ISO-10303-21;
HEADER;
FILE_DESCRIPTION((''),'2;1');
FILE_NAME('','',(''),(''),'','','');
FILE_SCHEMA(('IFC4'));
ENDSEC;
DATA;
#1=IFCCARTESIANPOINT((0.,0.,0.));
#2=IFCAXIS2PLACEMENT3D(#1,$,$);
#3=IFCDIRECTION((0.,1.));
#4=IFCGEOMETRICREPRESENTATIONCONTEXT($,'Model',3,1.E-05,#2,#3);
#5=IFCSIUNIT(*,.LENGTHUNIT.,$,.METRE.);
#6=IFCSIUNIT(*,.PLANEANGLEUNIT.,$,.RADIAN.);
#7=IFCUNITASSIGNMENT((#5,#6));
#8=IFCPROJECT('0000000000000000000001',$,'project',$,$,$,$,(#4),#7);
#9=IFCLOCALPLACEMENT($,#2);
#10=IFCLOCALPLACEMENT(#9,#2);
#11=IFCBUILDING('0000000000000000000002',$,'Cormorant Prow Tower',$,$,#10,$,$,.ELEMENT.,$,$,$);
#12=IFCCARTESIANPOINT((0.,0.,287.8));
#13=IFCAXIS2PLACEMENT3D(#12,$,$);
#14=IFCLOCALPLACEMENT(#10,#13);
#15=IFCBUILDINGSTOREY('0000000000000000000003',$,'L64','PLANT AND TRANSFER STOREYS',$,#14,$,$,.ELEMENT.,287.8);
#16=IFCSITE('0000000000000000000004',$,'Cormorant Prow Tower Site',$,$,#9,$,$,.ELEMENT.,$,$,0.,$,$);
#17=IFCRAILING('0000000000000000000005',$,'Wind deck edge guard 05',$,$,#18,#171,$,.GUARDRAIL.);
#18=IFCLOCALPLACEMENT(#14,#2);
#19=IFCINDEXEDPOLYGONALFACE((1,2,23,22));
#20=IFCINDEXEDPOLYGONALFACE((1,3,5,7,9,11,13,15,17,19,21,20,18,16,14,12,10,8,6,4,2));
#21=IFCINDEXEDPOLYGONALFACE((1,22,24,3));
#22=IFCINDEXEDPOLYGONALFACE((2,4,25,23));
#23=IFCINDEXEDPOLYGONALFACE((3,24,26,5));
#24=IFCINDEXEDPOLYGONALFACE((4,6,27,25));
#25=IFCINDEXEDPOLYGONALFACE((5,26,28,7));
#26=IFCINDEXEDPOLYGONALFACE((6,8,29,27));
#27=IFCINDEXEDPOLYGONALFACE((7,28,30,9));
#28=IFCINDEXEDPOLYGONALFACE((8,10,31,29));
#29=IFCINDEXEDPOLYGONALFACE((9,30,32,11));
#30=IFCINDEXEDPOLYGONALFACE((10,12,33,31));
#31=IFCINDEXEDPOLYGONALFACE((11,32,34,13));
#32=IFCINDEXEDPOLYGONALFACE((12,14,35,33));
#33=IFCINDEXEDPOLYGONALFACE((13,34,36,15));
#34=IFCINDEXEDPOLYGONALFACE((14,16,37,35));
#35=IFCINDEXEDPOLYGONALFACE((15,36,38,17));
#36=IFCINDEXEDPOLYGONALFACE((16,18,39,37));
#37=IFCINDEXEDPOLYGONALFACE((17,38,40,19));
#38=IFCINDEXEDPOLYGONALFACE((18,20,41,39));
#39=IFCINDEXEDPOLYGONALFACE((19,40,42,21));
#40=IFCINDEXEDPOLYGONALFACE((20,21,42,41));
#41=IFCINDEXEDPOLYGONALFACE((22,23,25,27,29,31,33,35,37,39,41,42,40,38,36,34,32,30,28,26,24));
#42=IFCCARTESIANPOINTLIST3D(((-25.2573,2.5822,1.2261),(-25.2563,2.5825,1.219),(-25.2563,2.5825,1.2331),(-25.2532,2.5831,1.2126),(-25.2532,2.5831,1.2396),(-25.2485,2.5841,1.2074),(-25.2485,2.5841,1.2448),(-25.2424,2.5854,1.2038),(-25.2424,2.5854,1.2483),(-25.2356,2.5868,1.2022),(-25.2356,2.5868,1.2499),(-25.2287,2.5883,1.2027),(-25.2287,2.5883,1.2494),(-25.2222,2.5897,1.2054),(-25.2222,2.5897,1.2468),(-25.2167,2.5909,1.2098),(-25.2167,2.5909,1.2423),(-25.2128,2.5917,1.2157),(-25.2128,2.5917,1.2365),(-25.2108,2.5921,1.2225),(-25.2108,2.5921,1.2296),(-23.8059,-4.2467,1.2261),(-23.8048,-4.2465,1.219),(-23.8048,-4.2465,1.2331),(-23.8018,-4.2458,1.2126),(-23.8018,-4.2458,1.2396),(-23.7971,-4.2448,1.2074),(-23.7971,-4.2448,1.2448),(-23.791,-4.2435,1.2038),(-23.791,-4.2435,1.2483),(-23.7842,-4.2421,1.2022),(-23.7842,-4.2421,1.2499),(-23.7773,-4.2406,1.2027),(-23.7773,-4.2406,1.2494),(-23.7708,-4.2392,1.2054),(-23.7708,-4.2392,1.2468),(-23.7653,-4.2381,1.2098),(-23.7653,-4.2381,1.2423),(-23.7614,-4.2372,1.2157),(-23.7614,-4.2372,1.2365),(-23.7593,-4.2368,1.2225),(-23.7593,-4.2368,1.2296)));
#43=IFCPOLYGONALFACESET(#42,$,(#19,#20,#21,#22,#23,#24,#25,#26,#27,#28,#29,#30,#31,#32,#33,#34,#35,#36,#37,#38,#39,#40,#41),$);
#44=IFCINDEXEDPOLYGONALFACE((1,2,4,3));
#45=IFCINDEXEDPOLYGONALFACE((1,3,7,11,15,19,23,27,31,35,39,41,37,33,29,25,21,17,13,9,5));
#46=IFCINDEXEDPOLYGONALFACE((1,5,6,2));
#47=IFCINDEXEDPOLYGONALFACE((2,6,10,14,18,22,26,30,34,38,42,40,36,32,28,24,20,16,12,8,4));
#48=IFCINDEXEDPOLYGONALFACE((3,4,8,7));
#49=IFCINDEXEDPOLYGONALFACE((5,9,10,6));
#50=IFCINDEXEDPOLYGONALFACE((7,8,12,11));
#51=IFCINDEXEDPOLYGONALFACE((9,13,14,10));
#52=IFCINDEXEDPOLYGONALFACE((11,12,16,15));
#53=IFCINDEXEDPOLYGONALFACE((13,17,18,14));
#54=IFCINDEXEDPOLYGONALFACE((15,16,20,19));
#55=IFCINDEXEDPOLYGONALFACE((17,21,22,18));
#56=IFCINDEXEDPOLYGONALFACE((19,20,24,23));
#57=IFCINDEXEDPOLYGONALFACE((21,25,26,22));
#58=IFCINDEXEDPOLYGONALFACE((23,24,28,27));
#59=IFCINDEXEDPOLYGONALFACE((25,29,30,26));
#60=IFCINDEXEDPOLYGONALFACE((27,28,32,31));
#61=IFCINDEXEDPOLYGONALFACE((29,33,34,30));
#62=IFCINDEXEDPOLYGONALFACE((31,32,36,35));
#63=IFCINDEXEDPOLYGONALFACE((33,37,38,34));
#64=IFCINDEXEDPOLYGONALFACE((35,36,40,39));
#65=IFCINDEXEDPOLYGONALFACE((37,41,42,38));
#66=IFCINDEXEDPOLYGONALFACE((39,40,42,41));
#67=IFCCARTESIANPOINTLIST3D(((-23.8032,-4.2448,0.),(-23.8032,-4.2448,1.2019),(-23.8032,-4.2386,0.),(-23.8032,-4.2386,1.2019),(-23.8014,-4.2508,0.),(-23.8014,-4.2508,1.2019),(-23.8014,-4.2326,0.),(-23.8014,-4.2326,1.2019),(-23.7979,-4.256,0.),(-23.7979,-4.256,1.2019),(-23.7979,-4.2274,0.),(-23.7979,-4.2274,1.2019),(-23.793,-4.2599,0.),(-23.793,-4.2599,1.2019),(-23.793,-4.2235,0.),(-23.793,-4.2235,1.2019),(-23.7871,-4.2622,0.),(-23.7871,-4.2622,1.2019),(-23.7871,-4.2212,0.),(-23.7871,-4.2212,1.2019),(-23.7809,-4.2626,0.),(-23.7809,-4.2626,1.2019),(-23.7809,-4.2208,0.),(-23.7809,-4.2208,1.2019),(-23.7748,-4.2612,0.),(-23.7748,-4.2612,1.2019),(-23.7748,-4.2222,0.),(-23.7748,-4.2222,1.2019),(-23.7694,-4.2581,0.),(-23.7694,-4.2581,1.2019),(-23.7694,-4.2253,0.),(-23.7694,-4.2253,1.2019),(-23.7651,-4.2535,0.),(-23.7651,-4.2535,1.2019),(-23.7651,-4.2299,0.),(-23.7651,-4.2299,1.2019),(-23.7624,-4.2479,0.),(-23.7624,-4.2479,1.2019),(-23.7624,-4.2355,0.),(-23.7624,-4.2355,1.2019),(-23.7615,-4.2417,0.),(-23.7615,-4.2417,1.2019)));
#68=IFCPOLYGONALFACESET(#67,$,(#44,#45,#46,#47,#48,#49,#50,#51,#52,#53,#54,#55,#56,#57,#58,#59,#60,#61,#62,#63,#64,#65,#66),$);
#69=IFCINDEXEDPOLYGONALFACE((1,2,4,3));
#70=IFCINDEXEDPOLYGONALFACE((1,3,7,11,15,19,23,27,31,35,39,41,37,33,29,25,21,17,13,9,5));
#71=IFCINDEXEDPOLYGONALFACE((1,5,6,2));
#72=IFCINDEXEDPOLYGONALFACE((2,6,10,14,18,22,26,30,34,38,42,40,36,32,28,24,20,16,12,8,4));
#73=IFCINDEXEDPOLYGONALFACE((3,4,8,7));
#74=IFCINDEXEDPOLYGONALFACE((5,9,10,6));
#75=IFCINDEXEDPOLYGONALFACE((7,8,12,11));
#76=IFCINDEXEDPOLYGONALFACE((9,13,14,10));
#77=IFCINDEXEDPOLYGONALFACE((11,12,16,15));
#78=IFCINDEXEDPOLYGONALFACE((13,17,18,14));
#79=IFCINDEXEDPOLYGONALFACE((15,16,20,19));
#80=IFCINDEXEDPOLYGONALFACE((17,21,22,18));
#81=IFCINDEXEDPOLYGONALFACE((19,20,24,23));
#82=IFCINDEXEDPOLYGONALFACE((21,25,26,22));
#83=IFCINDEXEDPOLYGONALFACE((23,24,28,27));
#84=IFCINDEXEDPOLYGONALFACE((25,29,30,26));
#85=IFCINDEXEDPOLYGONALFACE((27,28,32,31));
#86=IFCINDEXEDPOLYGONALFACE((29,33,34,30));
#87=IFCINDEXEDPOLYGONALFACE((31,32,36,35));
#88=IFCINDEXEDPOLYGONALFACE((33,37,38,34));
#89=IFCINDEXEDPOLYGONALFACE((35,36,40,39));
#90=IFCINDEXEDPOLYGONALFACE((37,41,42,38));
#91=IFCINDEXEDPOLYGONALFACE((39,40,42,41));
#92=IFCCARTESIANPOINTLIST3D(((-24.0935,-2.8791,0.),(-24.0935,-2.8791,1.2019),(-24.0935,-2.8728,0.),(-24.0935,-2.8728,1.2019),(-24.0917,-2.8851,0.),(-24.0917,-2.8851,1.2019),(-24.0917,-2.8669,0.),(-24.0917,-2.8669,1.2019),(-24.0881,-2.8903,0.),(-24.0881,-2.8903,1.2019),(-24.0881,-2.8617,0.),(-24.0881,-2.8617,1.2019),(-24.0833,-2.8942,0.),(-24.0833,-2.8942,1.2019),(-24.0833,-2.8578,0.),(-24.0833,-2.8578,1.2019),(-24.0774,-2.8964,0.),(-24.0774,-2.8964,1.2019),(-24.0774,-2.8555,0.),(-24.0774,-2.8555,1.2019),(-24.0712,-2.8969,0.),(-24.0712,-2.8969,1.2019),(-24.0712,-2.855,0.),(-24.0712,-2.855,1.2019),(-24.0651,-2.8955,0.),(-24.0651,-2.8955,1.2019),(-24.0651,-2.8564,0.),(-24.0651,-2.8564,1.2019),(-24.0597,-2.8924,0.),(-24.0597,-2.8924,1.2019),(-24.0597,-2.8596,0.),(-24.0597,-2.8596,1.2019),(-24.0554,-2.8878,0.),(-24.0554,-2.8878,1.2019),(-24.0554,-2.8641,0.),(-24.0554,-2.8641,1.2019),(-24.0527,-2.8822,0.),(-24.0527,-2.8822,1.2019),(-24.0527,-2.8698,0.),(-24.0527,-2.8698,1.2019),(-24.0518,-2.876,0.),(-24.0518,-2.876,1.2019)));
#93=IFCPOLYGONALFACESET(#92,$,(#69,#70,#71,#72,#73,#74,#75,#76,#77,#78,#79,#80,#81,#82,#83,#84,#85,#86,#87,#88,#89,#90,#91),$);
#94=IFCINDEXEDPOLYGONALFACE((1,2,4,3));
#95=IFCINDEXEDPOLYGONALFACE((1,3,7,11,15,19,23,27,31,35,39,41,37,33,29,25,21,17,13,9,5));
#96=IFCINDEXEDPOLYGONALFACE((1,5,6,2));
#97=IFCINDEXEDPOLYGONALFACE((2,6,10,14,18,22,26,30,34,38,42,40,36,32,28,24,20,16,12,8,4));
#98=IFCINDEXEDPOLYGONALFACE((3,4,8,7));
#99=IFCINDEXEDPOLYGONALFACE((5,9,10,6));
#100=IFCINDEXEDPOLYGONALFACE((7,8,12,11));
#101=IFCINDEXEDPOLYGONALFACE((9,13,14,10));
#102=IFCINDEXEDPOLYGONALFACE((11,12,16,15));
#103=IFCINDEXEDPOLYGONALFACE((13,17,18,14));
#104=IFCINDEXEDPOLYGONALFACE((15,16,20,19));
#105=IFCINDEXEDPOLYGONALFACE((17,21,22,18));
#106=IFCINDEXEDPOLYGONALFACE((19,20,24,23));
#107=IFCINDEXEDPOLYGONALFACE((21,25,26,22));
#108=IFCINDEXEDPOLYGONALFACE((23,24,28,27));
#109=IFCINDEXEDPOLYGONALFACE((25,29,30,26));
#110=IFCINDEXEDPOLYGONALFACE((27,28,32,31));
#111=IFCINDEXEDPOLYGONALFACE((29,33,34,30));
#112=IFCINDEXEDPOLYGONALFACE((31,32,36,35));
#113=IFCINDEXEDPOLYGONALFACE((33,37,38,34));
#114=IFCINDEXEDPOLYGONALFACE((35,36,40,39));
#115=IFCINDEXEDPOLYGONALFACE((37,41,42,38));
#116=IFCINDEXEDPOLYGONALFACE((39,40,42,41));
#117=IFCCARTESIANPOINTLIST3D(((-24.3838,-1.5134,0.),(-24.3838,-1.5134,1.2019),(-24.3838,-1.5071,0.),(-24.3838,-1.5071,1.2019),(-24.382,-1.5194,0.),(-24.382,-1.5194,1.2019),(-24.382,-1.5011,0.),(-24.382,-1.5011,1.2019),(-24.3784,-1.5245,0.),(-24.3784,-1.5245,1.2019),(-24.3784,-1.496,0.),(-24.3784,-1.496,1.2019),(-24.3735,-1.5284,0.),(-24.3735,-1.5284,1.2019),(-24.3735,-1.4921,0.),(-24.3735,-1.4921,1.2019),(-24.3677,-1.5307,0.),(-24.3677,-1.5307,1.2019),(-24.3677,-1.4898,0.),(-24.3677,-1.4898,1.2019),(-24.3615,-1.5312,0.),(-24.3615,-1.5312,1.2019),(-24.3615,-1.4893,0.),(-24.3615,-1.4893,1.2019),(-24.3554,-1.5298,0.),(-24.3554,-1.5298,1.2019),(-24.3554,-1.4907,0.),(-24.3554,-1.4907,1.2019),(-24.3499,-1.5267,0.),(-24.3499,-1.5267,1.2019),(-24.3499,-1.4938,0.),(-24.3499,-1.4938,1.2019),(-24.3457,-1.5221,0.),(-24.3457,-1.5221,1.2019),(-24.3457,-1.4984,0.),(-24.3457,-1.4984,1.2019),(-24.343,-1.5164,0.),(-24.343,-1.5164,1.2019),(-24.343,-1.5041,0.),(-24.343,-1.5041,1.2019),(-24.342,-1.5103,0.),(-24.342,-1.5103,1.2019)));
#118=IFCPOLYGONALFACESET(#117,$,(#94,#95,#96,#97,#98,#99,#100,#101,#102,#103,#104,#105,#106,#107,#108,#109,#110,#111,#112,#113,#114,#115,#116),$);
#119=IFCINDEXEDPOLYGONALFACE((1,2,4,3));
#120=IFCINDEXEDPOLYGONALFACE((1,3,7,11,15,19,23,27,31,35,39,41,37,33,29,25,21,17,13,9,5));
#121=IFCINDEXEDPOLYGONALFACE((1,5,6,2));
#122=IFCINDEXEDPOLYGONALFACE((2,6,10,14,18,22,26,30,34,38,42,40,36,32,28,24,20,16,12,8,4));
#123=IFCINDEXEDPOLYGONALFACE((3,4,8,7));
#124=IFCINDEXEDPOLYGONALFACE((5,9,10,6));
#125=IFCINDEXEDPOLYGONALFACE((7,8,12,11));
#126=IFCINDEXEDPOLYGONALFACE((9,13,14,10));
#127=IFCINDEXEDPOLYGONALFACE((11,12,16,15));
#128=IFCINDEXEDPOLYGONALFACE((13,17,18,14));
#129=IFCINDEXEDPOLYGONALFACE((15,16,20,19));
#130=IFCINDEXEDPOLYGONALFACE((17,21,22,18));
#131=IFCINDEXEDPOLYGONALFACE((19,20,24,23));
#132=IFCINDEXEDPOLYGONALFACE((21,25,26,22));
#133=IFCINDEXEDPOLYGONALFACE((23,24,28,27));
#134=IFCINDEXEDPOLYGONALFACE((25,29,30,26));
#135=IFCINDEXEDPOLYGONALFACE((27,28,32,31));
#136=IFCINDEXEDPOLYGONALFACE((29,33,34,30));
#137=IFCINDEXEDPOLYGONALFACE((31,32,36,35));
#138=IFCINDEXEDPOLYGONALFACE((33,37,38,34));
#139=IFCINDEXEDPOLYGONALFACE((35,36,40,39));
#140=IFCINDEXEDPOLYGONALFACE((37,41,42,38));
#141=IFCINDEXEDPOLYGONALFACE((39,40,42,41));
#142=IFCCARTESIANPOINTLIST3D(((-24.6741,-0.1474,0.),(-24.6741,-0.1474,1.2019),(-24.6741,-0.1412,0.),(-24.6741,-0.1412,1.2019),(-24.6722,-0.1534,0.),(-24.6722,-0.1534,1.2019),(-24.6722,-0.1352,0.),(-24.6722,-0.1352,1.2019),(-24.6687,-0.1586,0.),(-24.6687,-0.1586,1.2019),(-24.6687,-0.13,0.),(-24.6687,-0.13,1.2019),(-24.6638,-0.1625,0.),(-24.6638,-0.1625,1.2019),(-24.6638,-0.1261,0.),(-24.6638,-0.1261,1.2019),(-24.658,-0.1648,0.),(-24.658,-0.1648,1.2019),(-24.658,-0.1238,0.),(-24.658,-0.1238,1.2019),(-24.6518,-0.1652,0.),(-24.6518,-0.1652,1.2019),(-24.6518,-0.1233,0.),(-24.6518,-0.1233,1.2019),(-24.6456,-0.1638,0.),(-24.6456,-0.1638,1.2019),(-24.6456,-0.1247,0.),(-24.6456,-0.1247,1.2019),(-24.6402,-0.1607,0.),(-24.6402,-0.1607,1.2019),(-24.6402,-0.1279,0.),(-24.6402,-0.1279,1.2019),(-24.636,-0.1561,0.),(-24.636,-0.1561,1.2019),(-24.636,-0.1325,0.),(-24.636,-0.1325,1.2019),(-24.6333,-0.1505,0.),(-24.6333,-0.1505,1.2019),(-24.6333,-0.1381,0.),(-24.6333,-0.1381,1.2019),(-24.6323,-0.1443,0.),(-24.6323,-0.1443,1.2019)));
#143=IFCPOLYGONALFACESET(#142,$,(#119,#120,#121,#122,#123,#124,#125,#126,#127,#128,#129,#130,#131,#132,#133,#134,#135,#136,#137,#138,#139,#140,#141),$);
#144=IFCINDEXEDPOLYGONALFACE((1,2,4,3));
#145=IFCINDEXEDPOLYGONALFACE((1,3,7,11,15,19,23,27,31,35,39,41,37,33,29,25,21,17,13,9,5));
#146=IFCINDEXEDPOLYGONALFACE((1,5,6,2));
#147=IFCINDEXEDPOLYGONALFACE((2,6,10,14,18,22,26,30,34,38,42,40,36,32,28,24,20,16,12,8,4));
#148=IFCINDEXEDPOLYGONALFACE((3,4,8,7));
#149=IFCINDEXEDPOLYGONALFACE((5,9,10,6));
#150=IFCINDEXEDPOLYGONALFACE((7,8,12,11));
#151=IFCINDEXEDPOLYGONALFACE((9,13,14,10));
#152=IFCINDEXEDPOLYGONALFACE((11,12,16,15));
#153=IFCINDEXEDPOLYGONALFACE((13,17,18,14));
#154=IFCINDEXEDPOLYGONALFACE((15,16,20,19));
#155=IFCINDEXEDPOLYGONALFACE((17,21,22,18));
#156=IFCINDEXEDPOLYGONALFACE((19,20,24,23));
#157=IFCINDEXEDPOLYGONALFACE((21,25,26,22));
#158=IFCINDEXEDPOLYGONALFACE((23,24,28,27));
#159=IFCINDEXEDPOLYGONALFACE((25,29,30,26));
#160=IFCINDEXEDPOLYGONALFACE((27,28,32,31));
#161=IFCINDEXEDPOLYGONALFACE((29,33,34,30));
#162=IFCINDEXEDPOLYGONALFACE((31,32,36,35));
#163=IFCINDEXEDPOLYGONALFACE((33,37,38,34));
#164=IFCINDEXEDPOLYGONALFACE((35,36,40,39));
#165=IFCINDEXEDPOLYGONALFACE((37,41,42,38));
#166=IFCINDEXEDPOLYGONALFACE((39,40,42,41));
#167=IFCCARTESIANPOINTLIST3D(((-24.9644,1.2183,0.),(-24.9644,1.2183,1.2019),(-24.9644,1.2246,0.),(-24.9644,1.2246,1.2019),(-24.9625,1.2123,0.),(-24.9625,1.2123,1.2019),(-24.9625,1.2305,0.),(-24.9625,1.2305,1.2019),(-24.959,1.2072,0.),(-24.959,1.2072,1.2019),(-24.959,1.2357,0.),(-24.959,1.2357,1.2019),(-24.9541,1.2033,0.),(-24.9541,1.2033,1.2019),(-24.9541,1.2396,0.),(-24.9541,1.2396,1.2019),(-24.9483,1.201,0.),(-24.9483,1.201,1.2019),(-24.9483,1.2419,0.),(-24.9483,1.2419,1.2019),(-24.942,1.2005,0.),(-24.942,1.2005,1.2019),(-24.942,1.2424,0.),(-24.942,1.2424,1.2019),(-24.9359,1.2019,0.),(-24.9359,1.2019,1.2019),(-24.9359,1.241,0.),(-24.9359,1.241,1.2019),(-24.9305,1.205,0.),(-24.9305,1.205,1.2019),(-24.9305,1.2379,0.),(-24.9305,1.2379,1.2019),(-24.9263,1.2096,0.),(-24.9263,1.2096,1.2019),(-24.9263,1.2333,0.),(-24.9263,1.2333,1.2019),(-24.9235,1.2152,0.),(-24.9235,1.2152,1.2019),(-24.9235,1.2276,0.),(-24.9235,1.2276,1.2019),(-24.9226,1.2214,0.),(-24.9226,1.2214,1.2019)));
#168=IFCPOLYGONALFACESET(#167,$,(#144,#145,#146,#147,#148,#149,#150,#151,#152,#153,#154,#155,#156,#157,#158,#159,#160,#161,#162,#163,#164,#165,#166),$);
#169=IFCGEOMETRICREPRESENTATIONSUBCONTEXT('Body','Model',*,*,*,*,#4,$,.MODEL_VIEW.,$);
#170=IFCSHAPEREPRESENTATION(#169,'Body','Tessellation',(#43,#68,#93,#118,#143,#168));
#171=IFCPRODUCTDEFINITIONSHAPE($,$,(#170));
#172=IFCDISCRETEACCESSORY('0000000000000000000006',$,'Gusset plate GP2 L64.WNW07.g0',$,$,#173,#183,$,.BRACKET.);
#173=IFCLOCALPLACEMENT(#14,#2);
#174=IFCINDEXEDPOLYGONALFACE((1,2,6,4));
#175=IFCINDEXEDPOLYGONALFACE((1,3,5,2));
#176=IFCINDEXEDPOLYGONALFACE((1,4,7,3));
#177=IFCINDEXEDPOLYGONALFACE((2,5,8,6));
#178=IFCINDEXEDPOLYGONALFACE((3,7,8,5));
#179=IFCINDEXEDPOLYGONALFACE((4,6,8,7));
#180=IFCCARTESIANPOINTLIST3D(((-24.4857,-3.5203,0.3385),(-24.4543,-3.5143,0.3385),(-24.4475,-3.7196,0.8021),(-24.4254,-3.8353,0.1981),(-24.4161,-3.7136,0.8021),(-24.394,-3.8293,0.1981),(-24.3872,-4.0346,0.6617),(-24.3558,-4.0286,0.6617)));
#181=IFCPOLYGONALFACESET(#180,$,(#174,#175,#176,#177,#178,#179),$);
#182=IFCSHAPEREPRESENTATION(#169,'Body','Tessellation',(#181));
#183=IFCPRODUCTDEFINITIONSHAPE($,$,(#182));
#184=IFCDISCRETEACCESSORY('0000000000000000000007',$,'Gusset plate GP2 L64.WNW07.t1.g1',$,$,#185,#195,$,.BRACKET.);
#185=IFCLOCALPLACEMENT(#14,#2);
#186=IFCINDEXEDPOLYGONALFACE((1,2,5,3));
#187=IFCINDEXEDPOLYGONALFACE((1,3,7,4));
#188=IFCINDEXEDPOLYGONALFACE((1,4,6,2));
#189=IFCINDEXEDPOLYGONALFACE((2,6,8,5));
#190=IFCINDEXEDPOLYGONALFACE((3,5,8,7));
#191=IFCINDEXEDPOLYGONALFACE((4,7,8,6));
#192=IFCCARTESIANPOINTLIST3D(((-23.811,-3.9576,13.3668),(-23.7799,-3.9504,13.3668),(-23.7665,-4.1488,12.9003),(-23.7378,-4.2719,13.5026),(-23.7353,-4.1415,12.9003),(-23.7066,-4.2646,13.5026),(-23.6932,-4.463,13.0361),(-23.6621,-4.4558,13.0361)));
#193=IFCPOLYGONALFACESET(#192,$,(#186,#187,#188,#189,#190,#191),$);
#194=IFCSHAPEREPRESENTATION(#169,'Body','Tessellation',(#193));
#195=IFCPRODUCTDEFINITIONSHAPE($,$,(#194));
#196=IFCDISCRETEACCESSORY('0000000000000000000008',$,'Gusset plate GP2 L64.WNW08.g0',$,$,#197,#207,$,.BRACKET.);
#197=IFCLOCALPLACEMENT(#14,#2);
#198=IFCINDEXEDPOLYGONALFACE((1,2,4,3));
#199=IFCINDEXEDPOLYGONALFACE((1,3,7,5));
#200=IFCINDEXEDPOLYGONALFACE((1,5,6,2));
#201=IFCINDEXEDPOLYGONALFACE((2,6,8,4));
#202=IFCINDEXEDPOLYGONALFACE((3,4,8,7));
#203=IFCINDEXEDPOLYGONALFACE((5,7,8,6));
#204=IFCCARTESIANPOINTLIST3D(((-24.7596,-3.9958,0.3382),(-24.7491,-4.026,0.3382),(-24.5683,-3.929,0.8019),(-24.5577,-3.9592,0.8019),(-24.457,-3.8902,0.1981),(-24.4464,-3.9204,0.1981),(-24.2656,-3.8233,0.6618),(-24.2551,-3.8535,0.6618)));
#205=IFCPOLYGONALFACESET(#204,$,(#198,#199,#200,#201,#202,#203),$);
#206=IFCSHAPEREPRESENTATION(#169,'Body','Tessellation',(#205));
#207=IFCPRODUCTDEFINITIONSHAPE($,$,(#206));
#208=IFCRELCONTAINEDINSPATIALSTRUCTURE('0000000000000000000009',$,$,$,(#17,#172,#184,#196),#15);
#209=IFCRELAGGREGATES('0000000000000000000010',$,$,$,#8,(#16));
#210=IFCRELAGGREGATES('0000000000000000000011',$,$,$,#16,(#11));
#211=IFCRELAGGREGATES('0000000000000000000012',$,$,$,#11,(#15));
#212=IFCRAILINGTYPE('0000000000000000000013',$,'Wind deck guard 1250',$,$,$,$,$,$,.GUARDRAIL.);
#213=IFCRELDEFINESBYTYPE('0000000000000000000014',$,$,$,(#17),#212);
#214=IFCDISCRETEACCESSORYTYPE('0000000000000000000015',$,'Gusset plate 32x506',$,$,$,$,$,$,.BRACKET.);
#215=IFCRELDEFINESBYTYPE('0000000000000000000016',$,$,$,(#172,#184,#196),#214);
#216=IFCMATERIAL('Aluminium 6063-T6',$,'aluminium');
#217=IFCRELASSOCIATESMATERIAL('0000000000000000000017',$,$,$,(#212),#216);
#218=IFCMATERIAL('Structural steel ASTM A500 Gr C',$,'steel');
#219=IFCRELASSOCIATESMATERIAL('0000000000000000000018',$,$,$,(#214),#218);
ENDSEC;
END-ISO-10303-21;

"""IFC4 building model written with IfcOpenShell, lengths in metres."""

from ifc_helpers import new_model, si_unit, direction, frame, origin, origin_2d, place, context, subcontext, project, spatial, rectangle, circle, extrude, material, material_profile, profile_set, type_object, element, save


model = new_model("IFC4")

# Units and contexts
model_context = context("Model", 3, precision=1e-05, world=origin(), true_north=direction((0.0, 1.0)))
body_context = subcontext(model_context, "Body", "Model", "MODEL_VIEW")
ifc_project = project(units=[si_unit("LENGTHUNIT", "METRE"), si_unit("PLANEANGLEUNIT", "RADIAN")], contexts=[model_context])

# Site, building, storey
site_placement = place(None, origin())
site = spatial("IfcSite", under=ifc_project, at=site_placement, Name="Cormorant Prow Tower Site", CompositionType="ELEMENT", RefElevation=0.0)
building_placement = place(site_placement, origin())
building = spatial("IfcBuilding", under=site, at=building_placement, Name="Cormorant Prow Tower", CompositionType="ELEMENT")
storey_placement = place(building_placement, frame((0.0, 0.0, 287.8)))
storey = spatial("IfcBuildingStorey", under=building, at=storey_placement, Name="L64", Description="PLANT AND TRANSFER STOREYS", CompositionType="ELEMENT", Elevation=287.8)

# Railing
ifc_material_1 = material(Name="Aluminium 6063-T6", Category="aluminium")
railing_type = type_object("IfcRailingType", Name="Wind deck guard 1250", PredefinedType="GUARDRAIL", material=ifc_material_1)
railing_placement = place(storey_placement, frame((-23.7825, -4.2417, 0.0)))
element("IfcRailing", 1, at=railing_placement, inside=storey, type_object=railing_type, Name="Wind deck edge guard 05", PredefinedType="GUARDRAIL", context=body_context, shape_type="SweptSolid", body=[
    extrude(circle(Radius=0.0239, at=origin_2d()), frame((0.0, 0.0, 1.2261), z_axis=(-0.207898, 0.978151, 0.0), x_axis=(-0.978151, -0.207898, 0.0)), (0.0, 0.0, 1.0), 6.9814),
    extrude(circle(Radius=0.021, at=origin_2d()), origin(), (0.0, 0.0, 1.0), 1.2019),
    extrude(circle(Radius=0.021, at=origin_2d()), frame((-0.2903, 1.3657, 0.0)), (0.0, 0.0, 1.0), 1.2019),
    extrude(circle(Radius=0.021, at=origin_2d()), frame((-0.5806, 2.7314, 0.0)), (0.0, 0.0, 1.0), 1.2019),
    extrude(circle(Radius=0.021, at=origin_2d()), frame((-0.8708, 4.0974, 0.0)), (0.0, 0.0, 1.0), 1.2019),
    extrude(circle(Radius=0.021, at=origin_2d()), frame((-1.1611, 5.4631, 0.0)), (0.0, 0.0, 1.0), 1.2019),
])

# Discrete accessories
ifc_material_2 = material(Name="Structural steel ASTM A500 Gr C", Category="steel")
ifc_material_profile_1 = material_profile(ifc_material_2, rectangle(XDim=0.032, YDim=0.5061, at=origin_2d()), Name="Gusset plate 32x506")
ifc_profile_set_1 = profile_set([ifc_material_profile_1], Name="Structural steel ASTM A500 Gr C")
discrete_accessory_type_1 = type_object("IfcDiscreteAccessoryType", Name="Gusset plate 32x506", PredefinedType="BRACKET", material=ifc_profile_set_1)
for number, where, z_axis, x_axis, name in (
    (2, (-24.4509, -3.6169, 0.5703), (0.172272, -0.899718, -0.401037), (0.982158, 0.188057, 0.0), "Gusset plate GP2 L64.WNW07.g0"),
    (3, (-23.7732, -4.0496, 13.1335), (0.209248, -0.897675, 0.387807), (0.973891, 0.227014, 0.0), "Gusset plate GP2 L64.WNW07.t1.g1"),
):
    element("IfcDiscreteAccessory", number, at=place(storey_placement, frame(where, z_axis=z_axis, x_axis=x_axis)), inside=storey, type_object=discrete_accessory_type_1, Name=name, PredefinedType="BRACKET", context=body_context, shape_type="SweptSolid", body=[
        extrude(rectangle(XDim=0.032, YDim=0.5061, at=origin_2d()), origin(), (0.0, 0.0, 1.0), 0.3501),
    ])
discrete_accessory_1_placement = place(storey_placement, frame((-24.6587, -3.9775, 0.5701), z_axis=(0.865091, 0.302084, -0.400453), x_axis=(-0.329672, 0.944096, 0.0)))
element("IfcDiscreteAccessory", 4, at=discrete_accessory_1_placement, inside=storey, type_object=discrete_accessory_type_1, Name="Gusset plate GP2 L64.WNW08.g0", PredefinedType="BRACKET", context=body_context, shape_type="SweptSolid", body=[
    extrude(rectangle(XDim=0.032, YDim=0.5061, at=origin_2d()), origin(), (0.0, 0.0, 1.0), 0.3499),
])

save(model, "model.ifc")
